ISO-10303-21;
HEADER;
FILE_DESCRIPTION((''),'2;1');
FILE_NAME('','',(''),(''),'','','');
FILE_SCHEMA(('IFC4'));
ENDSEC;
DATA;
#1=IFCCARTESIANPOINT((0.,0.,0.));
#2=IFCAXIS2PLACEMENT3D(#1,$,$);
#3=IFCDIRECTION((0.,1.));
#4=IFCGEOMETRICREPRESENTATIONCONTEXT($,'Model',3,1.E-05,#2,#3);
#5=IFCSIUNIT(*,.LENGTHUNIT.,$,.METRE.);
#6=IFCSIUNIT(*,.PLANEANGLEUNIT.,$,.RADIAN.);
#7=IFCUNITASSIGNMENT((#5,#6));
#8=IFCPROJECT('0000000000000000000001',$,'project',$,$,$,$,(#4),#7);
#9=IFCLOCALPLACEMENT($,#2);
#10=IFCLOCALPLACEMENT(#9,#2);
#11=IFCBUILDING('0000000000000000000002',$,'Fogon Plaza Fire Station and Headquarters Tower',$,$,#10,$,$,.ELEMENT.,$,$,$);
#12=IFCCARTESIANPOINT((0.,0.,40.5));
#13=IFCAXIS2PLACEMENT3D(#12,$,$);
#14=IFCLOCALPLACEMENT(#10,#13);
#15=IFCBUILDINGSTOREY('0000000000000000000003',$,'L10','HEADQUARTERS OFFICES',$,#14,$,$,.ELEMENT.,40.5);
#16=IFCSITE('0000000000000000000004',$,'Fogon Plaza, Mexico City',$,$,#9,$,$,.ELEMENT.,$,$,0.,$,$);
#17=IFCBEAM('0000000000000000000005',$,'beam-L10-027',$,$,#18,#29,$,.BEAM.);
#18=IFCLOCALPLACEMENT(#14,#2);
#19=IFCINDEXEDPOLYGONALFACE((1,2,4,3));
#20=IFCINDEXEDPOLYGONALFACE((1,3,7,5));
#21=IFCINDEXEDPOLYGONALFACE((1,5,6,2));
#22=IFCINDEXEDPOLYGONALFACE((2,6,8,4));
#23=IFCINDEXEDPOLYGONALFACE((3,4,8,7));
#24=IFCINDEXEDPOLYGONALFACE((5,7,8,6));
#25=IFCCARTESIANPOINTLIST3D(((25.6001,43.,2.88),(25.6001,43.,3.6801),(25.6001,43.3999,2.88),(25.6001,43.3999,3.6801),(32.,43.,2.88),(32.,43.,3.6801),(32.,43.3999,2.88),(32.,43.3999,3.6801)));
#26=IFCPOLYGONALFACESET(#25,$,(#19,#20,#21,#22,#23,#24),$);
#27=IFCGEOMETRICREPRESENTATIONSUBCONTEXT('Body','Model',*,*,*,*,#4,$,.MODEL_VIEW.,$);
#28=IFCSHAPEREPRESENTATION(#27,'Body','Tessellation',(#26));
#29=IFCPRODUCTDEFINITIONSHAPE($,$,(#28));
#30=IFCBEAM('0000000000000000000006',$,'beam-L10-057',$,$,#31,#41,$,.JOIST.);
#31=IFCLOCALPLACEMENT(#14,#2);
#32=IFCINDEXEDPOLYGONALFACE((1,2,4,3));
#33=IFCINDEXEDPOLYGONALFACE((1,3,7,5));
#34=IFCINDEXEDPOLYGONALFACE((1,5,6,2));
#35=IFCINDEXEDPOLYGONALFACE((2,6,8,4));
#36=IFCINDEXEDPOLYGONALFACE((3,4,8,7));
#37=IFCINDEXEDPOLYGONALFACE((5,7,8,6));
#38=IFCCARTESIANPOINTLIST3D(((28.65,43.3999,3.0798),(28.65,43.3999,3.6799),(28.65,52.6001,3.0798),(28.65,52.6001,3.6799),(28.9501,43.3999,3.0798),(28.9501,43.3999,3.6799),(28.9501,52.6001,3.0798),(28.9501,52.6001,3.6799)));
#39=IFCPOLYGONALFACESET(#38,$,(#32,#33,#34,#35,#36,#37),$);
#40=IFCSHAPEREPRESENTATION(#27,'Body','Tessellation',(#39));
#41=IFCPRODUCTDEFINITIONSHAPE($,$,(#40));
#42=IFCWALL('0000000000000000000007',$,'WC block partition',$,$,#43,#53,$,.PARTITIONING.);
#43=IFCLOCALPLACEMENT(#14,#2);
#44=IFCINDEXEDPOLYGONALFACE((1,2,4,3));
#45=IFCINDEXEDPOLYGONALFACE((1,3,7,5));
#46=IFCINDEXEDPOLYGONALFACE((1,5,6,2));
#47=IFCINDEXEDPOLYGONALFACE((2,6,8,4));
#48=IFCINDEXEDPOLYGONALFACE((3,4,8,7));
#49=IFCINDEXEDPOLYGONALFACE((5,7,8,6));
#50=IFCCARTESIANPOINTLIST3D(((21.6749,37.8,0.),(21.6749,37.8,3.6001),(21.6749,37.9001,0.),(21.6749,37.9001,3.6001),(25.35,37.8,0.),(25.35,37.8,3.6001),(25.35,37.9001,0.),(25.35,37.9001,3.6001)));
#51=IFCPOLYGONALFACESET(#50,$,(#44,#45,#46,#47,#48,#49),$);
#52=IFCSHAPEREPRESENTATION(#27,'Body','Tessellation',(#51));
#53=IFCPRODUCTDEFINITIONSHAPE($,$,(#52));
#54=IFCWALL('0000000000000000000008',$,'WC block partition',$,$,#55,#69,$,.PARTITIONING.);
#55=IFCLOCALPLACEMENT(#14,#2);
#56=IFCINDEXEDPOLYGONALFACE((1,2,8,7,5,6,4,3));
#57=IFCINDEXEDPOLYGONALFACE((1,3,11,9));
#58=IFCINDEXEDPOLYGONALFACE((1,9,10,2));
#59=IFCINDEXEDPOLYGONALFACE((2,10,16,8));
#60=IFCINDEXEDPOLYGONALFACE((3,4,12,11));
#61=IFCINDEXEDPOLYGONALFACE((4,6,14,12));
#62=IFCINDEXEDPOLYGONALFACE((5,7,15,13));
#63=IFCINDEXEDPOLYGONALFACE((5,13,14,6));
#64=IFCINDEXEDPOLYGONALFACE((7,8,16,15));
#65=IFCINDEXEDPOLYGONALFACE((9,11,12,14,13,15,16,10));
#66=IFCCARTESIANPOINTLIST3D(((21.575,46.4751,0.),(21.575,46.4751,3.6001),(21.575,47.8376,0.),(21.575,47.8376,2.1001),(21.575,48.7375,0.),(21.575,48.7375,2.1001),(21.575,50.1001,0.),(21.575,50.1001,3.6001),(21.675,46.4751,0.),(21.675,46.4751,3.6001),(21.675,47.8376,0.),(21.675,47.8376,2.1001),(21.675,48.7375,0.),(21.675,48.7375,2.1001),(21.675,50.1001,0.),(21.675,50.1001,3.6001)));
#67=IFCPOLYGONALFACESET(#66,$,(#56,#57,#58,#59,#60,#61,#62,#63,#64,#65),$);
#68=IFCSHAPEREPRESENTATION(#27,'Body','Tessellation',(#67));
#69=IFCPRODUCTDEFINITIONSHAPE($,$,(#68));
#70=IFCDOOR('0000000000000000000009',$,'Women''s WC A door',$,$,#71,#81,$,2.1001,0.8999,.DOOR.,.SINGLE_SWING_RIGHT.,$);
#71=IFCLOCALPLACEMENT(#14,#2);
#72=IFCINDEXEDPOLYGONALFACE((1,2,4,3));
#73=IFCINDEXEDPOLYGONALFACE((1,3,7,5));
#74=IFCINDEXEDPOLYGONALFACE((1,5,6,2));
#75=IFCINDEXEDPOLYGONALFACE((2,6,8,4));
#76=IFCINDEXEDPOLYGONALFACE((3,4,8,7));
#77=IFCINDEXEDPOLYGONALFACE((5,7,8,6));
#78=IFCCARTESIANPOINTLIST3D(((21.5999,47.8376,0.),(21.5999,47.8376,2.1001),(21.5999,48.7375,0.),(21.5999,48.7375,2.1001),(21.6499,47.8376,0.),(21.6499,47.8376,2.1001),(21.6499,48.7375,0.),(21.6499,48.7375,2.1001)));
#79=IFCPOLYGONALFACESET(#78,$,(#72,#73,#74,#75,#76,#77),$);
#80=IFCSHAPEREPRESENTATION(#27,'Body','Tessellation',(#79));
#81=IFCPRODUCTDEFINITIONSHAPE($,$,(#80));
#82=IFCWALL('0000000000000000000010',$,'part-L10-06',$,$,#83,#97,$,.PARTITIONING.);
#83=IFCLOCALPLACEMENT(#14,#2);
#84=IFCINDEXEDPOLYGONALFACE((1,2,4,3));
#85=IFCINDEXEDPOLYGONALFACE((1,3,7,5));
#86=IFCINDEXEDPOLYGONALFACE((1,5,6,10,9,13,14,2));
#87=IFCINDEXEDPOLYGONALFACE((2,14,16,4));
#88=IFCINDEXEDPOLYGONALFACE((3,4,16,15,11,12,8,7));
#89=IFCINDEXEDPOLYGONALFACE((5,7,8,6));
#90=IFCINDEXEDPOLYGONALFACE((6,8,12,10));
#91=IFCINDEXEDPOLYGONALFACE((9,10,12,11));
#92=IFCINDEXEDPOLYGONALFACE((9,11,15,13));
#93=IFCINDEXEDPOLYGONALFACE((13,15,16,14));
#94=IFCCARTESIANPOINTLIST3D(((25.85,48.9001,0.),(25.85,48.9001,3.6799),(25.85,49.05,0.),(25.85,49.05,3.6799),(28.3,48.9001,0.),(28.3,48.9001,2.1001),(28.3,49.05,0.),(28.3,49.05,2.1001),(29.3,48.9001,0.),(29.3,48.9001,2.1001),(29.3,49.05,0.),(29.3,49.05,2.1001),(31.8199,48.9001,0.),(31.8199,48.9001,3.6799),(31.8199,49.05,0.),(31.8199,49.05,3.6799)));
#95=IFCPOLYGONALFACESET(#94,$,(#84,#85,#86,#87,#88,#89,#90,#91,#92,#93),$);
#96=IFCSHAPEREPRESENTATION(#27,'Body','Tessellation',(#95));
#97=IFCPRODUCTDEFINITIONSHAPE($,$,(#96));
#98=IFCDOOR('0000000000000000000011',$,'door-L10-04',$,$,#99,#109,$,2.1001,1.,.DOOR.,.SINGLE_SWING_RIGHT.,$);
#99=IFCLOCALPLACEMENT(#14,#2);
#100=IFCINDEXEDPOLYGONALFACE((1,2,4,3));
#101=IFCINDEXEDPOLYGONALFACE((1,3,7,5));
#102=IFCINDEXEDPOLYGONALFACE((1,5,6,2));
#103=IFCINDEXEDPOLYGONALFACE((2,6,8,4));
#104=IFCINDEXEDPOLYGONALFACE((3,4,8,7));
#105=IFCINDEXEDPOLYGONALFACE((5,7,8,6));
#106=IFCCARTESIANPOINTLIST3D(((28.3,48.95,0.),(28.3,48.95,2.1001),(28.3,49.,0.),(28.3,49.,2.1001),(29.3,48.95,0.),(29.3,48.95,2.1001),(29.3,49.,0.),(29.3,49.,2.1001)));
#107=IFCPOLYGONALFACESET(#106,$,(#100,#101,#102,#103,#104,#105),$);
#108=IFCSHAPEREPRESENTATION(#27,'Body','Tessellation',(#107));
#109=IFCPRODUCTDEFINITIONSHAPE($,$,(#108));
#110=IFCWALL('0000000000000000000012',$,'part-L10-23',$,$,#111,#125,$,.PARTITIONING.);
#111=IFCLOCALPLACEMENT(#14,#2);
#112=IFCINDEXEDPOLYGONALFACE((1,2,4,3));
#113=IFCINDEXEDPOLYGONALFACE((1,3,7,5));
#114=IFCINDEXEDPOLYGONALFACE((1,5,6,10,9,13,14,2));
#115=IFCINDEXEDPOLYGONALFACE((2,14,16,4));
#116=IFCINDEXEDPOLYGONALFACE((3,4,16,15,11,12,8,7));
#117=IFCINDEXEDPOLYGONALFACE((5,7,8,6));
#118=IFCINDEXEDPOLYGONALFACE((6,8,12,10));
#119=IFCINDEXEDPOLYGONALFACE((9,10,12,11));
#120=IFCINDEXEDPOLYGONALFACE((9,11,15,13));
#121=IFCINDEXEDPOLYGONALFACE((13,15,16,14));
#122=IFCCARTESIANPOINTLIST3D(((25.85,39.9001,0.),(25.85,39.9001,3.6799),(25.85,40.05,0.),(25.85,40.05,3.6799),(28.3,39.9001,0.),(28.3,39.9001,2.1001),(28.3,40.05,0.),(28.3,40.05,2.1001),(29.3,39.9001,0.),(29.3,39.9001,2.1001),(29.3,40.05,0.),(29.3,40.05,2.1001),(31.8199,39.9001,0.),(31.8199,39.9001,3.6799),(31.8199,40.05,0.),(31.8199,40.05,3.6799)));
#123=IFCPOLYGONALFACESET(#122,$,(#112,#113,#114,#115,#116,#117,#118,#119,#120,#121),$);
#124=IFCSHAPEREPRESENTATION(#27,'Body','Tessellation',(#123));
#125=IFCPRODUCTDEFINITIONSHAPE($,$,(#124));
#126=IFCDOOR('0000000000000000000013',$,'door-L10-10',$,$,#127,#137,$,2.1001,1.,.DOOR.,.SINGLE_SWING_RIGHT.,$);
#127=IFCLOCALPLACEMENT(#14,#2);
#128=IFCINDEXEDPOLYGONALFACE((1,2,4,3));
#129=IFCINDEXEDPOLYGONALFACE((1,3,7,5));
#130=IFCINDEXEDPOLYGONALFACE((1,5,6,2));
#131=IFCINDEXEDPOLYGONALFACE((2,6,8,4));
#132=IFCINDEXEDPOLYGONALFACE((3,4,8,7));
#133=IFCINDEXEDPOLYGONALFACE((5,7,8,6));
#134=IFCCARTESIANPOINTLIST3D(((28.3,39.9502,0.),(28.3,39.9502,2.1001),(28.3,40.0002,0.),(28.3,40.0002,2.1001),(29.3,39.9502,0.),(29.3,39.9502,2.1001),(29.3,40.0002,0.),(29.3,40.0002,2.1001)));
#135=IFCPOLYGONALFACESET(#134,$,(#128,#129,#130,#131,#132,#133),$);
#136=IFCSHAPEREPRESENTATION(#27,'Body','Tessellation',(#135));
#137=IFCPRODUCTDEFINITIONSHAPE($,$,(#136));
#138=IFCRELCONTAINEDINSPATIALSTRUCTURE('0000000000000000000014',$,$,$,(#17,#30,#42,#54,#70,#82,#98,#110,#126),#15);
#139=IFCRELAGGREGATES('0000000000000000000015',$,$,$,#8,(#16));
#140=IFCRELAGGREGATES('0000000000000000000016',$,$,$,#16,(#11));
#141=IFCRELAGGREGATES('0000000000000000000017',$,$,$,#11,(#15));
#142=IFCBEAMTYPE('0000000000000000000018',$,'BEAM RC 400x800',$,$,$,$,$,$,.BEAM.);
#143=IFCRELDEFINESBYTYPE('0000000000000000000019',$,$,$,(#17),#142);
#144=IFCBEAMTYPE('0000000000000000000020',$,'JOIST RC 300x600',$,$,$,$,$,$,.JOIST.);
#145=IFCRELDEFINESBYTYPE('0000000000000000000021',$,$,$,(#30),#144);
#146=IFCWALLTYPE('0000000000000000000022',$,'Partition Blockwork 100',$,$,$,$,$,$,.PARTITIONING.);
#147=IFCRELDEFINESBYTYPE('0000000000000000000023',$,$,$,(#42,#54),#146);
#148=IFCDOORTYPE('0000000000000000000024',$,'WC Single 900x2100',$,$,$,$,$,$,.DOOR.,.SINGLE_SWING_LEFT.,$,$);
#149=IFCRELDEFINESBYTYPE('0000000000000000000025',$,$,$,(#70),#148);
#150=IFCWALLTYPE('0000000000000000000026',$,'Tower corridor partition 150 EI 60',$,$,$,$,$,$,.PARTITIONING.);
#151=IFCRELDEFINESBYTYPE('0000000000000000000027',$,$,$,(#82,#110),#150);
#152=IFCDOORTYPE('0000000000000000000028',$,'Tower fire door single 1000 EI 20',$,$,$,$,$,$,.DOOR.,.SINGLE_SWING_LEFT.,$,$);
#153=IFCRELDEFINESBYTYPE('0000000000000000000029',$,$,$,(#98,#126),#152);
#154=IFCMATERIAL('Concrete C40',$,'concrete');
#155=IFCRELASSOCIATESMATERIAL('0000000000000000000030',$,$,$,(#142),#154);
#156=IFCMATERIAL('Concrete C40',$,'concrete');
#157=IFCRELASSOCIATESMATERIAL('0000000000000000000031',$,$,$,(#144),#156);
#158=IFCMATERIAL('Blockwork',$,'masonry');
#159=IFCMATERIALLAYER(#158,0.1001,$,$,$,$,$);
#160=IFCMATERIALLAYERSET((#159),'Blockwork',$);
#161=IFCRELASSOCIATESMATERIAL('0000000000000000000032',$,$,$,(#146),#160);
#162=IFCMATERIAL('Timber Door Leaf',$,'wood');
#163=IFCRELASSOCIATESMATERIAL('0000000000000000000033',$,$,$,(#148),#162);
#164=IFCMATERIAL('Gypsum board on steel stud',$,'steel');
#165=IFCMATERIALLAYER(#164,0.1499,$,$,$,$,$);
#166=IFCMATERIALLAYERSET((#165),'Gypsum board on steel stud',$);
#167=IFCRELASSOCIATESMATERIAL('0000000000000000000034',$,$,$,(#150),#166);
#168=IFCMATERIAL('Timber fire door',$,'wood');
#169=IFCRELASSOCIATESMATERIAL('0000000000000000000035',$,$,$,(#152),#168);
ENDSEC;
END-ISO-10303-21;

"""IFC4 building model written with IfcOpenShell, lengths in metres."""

from ifc_helpers import new_model, si_unit, direction, frame, frame_2d, origin, origin_2d, place, context, subcontext, project, spatial, rectangle, extrude, material, layer, layer_set, material_profile, profile_set, type_object, element, fill, save


model = new_model("IFC4")

# Units and contexts
model_context = context("Model", 3, precision=1e-05, world=origin(), true_north=direction((0.0, 1.0)))
body_context = subcontext(model_context, "Body", "Model", "MODEL_VIEW")
ifc_project = project(units=[si_unit("LENGTHUNIT", "METRE"), si_unit("PLANEANGLEUNIT", "RADIAN")], contexts=[model_context])

# Site, building, storey
site_placement = place(None, origin())
site = spatial("IfcSite", under=ifc_project, at=site_placement, Name="Fogon Plaza, Mexico City", CompositionType="ELEMENT", RefElevation=0.0)
building_placement = place(site_placement, origin())
building = spatial("IfcBuilding", under=site, at=building_placement, Name="Fogon Plaza Fire Station and Headquarters Tower", CompositionType="ELEMENT")
storey_placement = place(building_placement, frame((0.0, 0.0, 40.5)))
storey = spatial("IfcBuildingStorey", under=building, at=storey_placement, Name="L10", Description="HEADQUARTERS OFFICES", CompositionType="ELEMENT", Elevation=40.5)

# Beams
ifc_material_1 = material(Name="Concrete C40", Category="concrete")
ifc_material_profile_1 = material_profile(ifc_material_1, rectangle(XDim=0.3999, YDim=0.8, at=origin_2d()), Name="RC 400x800")
ifc_profile_set_1 = profile_set([ifc_material_profile_1], Name="Concrete C40")
beam_type_1 = type_object("IfcBeamType", Name="BEAM RC 400x800", PredefinedType="BEAM", material=ifc_profile_set_1)
beam_1_placement = place(storey_placement, frame((25.6001, 43.2, 3.28), z_axis=(1.0, 0.0, 0.0), x_axis=(0.0, 1.0, 0.0)))
element("IfcBeam", 1, at=beam_1_placement, inside=storey, type_object=beam_type_1, Name="beam-L10-027", PredefinedType="BEAM", context=body_context, shape_type="SweptSolid", body=[
    extrude(rectangle(XDim=0.3999, YDim=0.8, at=origin_2d()), origin(), (0.0, 0.0, 1.0), 6.3999),
])
ifc_material_2 = material(Name="Concrete C40", Category="concrete")
ifc_material_profile_2 = material_profile(ifc_material_2, rectangle(XDim=0.3, YDim=0.6001, at=origin_2d()), Name="RC 300x600")
ifc_profile_set_2 = profile_set([ifc_material_profile_2], Name="Concrete C40")
beam_type_2 = type_object("IfcBeamType", Name="JOIST RC 300x600", PredefinedType="JOIST", material=ifc_profile_set_2)
beam_2_placement = place(storey_placement, frame((28.8, 43.3999, 3.3799), z_axis=(0.0, 1.0, 0.0), x_axis=(-1.0, 0.0, 0.0)))
element("IfcBeam", 2, at=beam_2_placement, inside=storey, type_object=beam_type_2, Name="beam-L10-057", PredefinedType="JOIST", context=body_context, shape_type="SweptSolid", body=[
    extrude(rectangle(XDim=0.3, YDim=0.6001, at=origin_2d()), origin(), (0.0, 0.0, 1.0), 9.2002),
])

# Wall
ifc_material_3 = material(Name="Blockwork", Category="masonry")
ifc_layer_1 = layer(ifc_material_3, 0.1001)
ifc_layer_set_1 = layer_set([ifc_layer_1], Name="Blockwork")
wall_type_1 = type_object("IfcWallType", Name="Partition Blockwork 100", PredefinedType="PARTITIONING", material=ifc_layer_set_1)
wall_1_placement = place(storey_placement, frame((21.675, 37.8501, 0.0), z_axis=(0.0, 0.0, 1.0), x_axis=(1.0, 0.0, 0.0)))
element("IfcWall", 3, at=wall_1_placement, inside=storey, type_object=wall_type_1, Name="WC block partition", PredefinedType="PARTITIONING", context=body_context, shape_type="SweptSolid", body=[
    extrude(rectangle(XDim=3.675, YDim=0.1001, at=frame_2d((1.8374, 0.0))), origin(), (0.0, 0.0, 1.0), 3.6001),
])

# Walls, openings, doors
wall_2_placement = place(storey_placement, frame((21.625, 46.4751, 0.0), z_axis=(0.0, 0.0, 1.0), x_axis=(0.0, 1.0, 0.0)))
wall_2 = element("IfcWall", 4, at=wall_2_placement, inside=storey, type_object=wall_type_1, Name="WC block partition", PredefinedType="PARTITIONING", context=body_context, shape_type="SweptSolid", body=[
    extrude(rectangle(XDim=3.625, YDim=0.1001, at=frame_2d((1.8125, 0.0))), origin(), (0.0, 0.0, 1.0), 3.6001),
])
opening_1_placement = place(wall_2_placement, frame((1.3625, 0.0, 0.0)))
opening_1 = element("IfcOpeningElement", 5, at=opening_1_placement, cuts=wall_2, PredefinedType="OPENING", context=body_context, shape_type="SweptSolid", body=[
    extrude(rectangle(XDim=0.8999, YDim=2.1001, at=frame_2d((0.45, 1.05))), frame((0.0, 0.0601, 0.0), z_axis=(0.0, -1.0, 0.0), x_axis=(1.0, 0.0, 0.0)), (0.0, 0.0, 1.0), 0.1201),
])
ifc_material_4 = material(Name="Timber Door Leaf", Category="wood")
door_type_1 = type_object("IfcDoorType", Name="WC Single 900x2100", OperationType="SINGLE_SWING_LEFT", PredefinedType="DOOR", material=ifc_material_4)
door_1_placement = place(opening_1_placement, frame((0.8999, 0.0, 0.0), z_axis=(0.0, 0.0, 1.0), x_axis=(-1.0, 0.0, 0.0)))
door_1 = element("IfcDoor", 6, at=door_1_placement, inside=storey, type_object=door_type_1, Name="Women's WC A door", OperationType="SINGLE_SWING_RIGHT", OverallHeight=2.1001, OverallWidth=0.8999, PredefinedType="DOOR", context=body_context, shape_type="SweptSolid", body=[
    extrude(rectangle(XDim=0.8999, YDim=2.1001, at=frame_2d((0.45, 1.05))), frame((0.0, 0.0249, 0.0), z_axis=(0.0, -1.0, 0.0), x_axis=(1.0, 0.0, 0.0)), (0.0, 0.0, 1.0), 0.05),
])
fill(opening_1, door_1)
ifc_material_5 = material(Name="Gypsum board on steel stud", Category="steel")
ifc_layer_2 = layer(ifc_material_5, 0.1499)
ifc_layer_set_2 = layer_set([ifc_layer_2], Name="Gypsum board on steel stud")
wall_type_2 = type_object("IfcWallType", Name="Tower corridor partition 150 EI 60", PredefinedType="PARTITIONING", material=ifc_layer_set_2)
wall_3_placement = place(storey_placement, frame((25.8501, 48.9751, 0.0), z_axis=(0.0, 0.0, 1.0), x_axis=(1.0, 0.0, 0.0)))
wall_3 = element("IfcWall", 7, at=wall_3_placement, inside=storey, type_object=wall_type_2, Name="part-L10-06", PredefinedType="PARTITIONING", context=body_context, shape_type="SweptSolid", body=[
    extrude(rectangle(XDim=5.97, YDim=0.1499, at=frame_2d((2.9849, 0.0))), origin(), (0.0, 0.0, 1.0), 3.6799),
])
opening_2_placement = place(wall_3_placement, frame((2.45, 0.0, 0.0)))
opening_2 = element("IfcOpeningElement", 8, at=opening_2_placement, cuts=wall_3, PredefinedType="OPENING", context=body_context, shape_type="SweptSolid", body=[
    extrude(rectangle(XDim=1.0, YDim=2.1001, at=frame_2d((0.5, 1.05))), frame((0.0, 0.085, 0.0), z_axis=(0.0, -1.0, 0.0), x_axis=(1.0, 0.0, 0.0)), (0.0, 0.0, 1.0), 0.1699),
])
ifc_material_6 = material(Name="Timber fire door", Category="wood")
door_type_2 = type_object("IfcDoorType", Name="Tower fire door single 1000 EI 20", OperationType="SINGLE_SWING_LEFT", PredefinedType="DOOR", material=ifc_material_6)
door_2_placement = place(opening_2_placement, origin())
door_2 = element("IfcDoor", 9, at=door_2_placement, inside=storey, type_object=door_type_2, Name="door-L10-04", OperationType="SINGLE_SWING_RIGHT", OverallHeight=2.1001, OverallWidth=1.0, PredefinedType="DOOR", context=body_context, shape_type="SweptSolid", body=[
    extrude(rectangle(XDim=1.0, YDim=2.1001, at=frame_2d((0.5, 1.05))), frame((0.0, 0.0249, 0.0), z_axis=(0.0, -1.0, 0.0), x_axis=(1.0, 0.0, 0.0)), (0.0, 0.0, 1.0), 0.05),
])
fill(opening_2, door_2)
wall_4_placement = place(storey_placement, frame((25.8501, 39.9751, 0.0), z_axis=(0.0, 0.0, 1.0), x_axis=(1.0, 0.0, 0.0)))
wall_4 = element("IfcWall", 10, at=wall_4_placement, inside=storey, type_object=wall_type_2, Name="part-L10-23", PredefinedType="PARTITIONING", context=body_context, shape_type="SweptSolid", body=[
    extrude(rectangle(XDim=5.97, YDim=0.1499, at=frame_2d((2.9849, 0.0))), origin(), (0.0, 0.0, 1.0), 3.6799),
])
opening_3_placement = place(wall_4_placement, frame((2.45, 0.0, 0.0)))
opening_3 = element("IfcOpeningElement", 11, at=opening_3_placement, cuts=wall_4, PredefinedType="OPENING", context=body_context, shape_type="SweptSolid", body=[
    extrude(rectangle(XDim=1.0, YDim=2.1001, at=frame_2d((0.5, 1.05))), frame((0.0, 0.085, 0.0), z_axis=(0.0, -1.0, 0.0), x_axis=(1.0, 0.0, 0.0)), (0.0, 0.0, 1.0), 0.1699),
])
door_3_placement = place(opening_3_placement, frame((1.0, 0.0, 0.0), z_axis=(0.0, 0.0, 1.0), x_axis=(-1.0, 0.0, 0.0)))
door_3 = element("IfcDoor", 12, at=door_3_placement, inside=storey, type_object=door_type_2, Name="door-L10-10", OperationType="SINGLE_SWING_RIGHT", OverallHeight=2.1001, OverallWidth=1.0, PredefinedType="DOOR", context=body_context, shape_type="SweptSolid", body=[
    extrude(rectangle(XDim=1.0, YDim=2.1001, at=frame_2d((0.5, 1.05))), frame((0.0, 0.0249, 0.0), z_axis=(0.0, -1.0, 0.0), x_axis=(1.0, 0.0, 0.0)), (0.0, 0.0, 1.0), 0.05),
])
fill(opening_3, door_3)

save(model, "model.ifc")
